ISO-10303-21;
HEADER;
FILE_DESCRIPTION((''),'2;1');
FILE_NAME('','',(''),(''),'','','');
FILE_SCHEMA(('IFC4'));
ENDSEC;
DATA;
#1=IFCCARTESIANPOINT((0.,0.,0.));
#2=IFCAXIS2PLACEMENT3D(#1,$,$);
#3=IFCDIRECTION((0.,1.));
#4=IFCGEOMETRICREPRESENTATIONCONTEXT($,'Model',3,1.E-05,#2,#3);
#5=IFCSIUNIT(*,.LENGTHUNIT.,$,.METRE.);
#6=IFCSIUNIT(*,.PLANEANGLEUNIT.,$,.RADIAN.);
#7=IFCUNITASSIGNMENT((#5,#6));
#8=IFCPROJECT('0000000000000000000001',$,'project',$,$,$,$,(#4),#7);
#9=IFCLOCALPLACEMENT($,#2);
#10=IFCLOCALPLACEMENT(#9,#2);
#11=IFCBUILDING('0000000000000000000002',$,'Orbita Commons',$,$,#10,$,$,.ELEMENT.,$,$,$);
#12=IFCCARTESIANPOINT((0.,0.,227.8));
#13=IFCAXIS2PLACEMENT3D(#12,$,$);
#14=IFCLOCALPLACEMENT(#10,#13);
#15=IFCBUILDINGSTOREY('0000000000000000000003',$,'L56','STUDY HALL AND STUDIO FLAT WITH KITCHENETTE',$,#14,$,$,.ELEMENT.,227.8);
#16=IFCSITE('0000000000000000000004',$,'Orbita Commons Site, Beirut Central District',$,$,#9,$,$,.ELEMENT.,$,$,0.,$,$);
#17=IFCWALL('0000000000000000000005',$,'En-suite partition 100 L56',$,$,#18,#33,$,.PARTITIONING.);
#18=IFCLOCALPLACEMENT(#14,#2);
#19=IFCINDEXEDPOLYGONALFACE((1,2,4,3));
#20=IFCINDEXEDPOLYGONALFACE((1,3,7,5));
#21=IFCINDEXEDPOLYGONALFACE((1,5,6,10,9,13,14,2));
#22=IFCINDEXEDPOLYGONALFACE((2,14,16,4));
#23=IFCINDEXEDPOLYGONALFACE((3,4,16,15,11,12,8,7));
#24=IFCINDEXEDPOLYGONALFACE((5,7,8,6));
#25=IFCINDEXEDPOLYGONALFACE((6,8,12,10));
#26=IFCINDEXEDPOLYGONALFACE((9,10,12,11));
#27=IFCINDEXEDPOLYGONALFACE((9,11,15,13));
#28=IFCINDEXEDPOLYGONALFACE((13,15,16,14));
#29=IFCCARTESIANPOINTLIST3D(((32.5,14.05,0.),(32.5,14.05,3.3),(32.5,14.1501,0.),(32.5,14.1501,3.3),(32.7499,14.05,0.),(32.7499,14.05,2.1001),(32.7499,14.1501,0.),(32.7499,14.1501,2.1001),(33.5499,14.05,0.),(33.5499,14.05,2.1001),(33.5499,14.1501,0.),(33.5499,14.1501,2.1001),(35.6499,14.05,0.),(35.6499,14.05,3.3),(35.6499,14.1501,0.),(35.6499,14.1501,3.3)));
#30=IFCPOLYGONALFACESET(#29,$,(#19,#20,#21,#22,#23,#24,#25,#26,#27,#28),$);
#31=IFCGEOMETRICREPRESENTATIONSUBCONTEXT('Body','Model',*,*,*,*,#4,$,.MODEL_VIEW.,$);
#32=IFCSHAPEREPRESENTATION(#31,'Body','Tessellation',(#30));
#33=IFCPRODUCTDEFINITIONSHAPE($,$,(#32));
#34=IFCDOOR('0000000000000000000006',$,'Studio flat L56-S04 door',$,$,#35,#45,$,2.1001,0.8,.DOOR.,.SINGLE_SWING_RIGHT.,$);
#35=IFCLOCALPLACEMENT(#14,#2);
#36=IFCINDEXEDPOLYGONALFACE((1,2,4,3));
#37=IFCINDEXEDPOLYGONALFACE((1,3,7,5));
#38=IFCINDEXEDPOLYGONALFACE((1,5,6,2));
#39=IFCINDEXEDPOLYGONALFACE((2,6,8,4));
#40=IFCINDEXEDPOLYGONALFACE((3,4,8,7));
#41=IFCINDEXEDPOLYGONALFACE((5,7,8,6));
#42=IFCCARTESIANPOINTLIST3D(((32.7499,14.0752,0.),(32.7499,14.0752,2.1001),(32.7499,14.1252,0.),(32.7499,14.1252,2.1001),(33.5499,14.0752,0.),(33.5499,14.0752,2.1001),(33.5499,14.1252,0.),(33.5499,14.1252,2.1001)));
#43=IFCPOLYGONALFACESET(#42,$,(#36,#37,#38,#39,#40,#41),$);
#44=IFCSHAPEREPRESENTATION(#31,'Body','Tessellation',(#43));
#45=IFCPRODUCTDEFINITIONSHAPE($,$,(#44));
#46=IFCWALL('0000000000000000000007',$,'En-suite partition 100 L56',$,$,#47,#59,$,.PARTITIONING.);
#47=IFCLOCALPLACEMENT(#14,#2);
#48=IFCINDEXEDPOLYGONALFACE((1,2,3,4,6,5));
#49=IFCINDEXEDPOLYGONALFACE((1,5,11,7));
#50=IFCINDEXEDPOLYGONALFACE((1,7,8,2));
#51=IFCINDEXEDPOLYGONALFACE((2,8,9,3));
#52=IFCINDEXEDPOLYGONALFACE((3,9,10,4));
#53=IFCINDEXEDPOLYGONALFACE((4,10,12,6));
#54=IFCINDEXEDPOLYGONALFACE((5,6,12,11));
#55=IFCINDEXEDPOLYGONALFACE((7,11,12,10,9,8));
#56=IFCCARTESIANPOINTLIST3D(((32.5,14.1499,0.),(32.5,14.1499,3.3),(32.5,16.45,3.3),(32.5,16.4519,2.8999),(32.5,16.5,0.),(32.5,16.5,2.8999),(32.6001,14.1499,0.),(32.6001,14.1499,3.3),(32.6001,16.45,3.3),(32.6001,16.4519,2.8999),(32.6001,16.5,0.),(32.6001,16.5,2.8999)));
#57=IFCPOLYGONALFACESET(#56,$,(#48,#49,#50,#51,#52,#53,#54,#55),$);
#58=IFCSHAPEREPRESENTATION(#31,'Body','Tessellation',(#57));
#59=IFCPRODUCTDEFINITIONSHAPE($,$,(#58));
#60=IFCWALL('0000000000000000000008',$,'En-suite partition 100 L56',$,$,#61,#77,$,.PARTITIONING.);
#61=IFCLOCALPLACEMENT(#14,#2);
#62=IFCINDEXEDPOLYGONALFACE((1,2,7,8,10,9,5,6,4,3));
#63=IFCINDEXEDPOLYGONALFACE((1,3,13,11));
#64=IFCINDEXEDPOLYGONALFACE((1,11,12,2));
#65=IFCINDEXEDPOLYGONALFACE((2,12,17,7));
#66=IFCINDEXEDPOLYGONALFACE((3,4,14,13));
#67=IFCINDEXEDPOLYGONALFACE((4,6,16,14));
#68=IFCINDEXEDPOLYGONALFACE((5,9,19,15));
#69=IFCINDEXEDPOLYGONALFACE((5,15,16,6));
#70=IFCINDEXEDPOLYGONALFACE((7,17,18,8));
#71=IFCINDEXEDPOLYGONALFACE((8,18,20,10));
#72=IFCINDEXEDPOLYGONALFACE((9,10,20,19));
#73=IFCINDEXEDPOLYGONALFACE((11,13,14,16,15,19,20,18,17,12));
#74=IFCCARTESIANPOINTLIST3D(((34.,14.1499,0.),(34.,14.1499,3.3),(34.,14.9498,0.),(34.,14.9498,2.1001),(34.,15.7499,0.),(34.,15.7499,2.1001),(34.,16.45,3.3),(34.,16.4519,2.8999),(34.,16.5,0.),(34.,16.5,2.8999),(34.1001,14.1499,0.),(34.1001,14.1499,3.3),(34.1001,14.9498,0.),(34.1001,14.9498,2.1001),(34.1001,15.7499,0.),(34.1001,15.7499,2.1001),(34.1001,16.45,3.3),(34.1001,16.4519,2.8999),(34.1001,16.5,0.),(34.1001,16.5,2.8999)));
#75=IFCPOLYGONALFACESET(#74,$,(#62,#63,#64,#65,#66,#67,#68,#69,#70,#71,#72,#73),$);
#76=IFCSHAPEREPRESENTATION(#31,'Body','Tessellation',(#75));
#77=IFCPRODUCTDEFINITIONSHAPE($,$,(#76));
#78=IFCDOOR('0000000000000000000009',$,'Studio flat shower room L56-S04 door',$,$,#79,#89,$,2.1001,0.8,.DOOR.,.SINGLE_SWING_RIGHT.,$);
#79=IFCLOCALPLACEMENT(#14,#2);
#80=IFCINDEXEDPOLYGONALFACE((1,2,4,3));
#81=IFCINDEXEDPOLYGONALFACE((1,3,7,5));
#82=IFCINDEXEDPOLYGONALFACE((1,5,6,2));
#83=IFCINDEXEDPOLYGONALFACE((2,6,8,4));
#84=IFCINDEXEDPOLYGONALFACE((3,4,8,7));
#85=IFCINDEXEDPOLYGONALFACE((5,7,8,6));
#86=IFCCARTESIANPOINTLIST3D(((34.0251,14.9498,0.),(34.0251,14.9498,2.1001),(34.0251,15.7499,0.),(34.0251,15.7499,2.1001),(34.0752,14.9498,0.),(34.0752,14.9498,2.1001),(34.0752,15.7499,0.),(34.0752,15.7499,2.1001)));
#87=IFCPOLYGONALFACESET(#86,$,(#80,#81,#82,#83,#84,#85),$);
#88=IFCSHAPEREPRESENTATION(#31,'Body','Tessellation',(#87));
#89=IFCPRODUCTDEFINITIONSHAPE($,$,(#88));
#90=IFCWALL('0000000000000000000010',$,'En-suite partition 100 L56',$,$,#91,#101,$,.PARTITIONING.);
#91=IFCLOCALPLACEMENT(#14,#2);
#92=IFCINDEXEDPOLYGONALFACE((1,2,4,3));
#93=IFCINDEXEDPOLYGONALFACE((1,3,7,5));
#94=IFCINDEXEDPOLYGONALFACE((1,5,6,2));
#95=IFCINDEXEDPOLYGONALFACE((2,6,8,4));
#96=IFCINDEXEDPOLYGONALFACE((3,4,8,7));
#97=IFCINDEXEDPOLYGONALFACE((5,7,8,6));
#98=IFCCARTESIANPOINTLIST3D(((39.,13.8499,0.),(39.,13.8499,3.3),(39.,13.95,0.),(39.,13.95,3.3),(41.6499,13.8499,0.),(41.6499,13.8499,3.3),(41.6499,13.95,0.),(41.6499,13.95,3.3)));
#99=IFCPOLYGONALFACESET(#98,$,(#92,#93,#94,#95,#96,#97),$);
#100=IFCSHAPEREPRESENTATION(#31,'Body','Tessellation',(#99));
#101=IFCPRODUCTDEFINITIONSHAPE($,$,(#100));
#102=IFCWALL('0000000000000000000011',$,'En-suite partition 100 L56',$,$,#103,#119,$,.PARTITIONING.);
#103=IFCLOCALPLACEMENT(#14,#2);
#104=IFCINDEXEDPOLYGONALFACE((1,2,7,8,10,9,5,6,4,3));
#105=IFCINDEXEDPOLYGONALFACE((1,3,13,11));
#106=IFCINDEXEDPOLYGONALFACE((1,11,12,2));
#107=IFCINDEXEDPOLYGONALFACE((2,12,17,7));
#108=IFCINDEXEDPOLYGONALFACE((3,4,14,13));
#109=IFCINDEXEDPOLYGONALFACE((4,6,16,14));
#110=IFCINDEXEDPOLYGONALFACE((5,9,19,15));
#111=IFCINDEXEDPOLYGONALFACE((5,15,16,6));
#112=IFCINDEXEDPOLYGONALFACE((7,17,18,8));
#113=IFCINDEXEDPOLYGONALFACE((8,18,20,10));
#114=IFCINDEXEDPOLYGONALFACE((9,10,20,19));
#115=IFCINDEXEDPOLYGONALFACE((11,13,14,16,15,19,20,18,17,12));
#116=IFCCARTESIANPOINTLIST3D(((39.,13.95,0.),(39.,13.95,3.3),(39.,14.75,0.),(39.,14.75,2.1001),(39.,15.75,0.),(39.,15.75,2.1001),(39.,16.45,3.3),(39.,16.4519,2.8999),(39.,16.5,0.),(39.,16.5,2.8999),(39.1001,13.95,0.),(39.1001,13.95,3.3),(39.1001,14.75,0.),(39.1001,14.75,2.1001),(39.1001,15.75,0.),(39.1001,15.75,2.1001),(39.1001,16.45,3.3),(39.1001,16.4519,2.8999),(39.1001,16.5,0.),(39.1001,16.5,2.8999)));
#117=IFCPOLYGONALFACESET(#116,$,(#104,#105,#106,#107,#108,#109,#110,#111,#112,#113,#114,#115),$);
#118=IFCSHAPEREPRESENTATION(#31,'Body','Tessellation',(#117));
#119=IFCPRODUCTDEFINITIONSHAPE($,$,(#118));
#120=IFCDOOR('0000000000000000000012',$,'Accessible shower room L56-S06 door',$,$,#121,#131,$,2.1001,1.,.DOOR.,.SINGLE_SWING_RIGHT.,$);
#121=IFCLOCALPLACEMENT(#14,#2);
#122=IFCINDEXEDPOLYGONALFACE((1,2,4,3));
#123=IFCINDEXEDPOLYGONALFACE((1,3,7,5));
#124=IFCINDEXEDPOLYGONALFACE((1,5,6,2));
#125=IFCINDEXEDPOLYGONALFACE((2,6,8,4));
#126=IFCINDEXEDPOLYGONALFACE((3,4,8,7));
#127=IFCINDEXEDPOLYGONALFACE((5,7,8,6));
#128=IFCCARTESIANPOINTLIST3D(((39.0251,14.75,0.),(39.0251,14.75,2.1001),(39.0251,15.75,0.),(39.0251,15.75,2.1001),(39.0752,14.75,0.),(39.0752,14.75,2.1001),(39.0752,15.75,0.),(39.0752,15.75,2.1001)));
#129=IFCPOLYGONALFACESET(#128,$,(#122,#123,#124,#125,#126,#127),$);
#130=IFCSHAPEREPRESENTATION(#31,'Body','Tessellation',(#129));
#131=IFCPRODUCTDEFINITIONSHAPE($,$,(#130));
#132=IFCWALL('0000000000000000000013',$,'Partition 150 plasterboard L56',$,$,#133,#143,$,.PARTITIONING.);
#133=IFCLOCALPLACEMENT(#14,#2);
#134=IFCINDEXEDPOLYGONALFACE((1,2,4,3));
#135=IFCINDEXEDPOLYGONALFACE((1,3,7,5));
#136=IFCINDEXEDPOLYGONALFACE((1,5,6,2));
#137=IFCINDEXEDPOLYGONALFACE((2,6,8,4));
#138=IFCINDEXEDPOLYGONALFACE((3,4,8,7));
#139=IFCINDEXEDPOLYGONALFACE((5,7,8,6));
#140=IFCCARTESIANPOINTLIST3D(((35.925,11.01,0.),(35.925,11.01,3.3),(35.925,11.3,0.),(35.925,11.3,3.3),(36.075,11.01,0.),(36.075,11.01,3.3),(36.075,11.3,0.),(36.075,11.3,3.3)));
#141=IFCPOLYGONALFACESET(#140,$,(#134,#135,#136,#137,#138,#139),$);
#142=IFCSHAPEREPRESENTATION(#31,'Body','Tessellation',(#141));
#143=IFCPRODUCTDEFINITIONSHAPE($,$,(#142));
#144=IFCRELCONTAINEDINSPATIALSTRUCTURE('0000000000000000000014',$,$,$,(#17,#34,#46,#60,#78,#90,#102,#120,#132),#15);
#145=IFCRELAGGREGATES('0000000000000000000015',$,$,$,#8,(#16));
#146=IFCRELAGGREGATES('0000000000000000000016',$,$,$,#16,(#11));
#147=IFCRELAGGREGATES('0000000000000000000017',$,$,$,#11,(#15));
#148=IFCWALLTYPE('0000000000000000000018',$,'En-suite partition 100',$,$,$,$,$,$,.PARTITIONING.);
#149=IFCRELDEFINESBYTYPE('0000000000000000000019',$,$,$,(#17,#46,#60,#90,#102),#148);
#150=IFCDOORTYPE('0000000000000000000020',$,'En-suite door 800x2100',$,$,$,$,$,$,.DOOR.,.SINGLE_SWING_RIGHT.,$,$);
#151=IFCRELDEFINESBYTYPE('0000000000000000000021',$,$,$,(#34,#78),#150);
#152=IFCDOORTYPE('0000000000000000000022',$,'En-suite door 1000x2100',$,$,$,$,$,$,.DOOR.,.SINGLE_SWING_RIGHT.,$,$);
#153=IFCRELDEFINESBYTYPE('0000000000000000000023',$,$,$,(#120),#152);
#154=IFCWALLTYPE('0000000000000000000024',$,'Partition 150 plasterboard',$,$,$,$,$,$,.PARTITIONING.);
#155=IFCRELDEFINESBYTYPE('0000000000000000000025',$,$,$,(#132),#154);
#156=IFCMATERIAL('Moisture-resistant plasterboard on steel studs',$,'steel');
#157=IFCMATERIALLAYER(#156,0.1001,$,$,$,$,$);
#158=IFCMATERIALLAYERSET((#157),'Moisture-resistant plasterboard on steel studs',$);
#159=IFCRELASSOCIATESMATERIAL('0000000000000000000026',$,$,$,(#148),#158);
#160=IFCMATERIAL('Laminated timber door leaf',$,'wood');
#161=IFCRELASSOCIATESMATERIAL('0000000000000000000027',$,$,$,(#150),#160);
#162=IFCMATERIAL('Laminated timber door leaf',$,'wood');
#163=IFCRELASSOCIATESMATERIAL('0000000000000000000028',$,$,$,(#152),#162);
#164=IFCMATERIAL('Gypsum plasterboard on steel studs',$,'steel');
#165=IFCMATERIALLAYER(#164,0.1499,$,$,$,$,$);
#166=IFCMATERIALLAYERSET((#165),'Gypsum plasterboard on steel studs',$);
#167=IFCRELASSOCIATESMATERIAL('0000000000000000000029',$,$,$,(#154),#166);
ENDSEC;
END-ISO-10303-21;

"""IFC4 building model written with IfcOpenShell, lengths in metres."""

from ifc_helpers import new_model, si_unit, direction, frame, frame_2d, origin, place, context, subcontext, project, spatial, polyline, rectangle, outline, extrude, material, layer, layer_set, type_object, element, fill, save


model = new_model("IFC4")

# Units and contexts
model_context = context("Model", 3, precision=1e-05, world=origin(), true_north=direction((0.0, 1.0)))
body_context = subcontext(model_context, "Body", "Model", "MODEL_VIEW")
ifc_project = project(units=[si_unit("LENGTHUNIT", "METRE"), si_unit("PLANEANGLEUNIT", "RADIAN")], contexts=[model_context])

# Site, building, storey
site_placement = place(None, origin())
site = spatial("IfcSite", under=ifc_project, at=site_placement, Name="Orbita Commons Site, Beirut Central District", CompositionType="ELEMENT", RefElevation=0.0)
building_placement = place(site_placement, origin())
building = spatial("IfcBuilding", under=site, at=building_placement, Name="Orbita Commons", CompositionType="ELEMENT")
storey_placement = place(building_placement, frame((0.0, 0.0, 227.8)))
storey = spatial("IfcBuildingStorey", under=building, at=storey_placement, Name="L56", Description="STUDY HALL AND STUDIO FLAT WITH KITCHENETTE", CompositionType="ELEMENT", Elevation=227.8)

# Wall, opening, door
ifc_material_1 = material(Name="Moisture-resistant plasterboard on steel studs", Category="steel")
ifc_layer_1 = layer(ifc_material_1, 0.1001)
ifc_layer_set_1 = layer_set([ifc_layer_1], Name="Moisture-resistant plasterboard on steel studs")
wall_type_1 = type_object("IfcWallType", Name="En-suite partition 100", PredefinedType="PARTITIONING", material=ifc_layer_set_1)
wall_1_placement = place(storey_placement, frame((35.6499, 14.1001, 0.0), z_axis=(0.0, 0.0, 1.0), x_axis=(-1.0, 0.0, 0.0)))
wall_1 = element("IfcWall", 1, at=wall_1_placement, inside=storey, type_object=wall_type_1, Name="En-suite partition 100 L56", PredefinedType="PARTITIONING", context=body_context, shape_type="SweptSolid", body=[
    extrude(rectangle(XDim=3.1499, YDim=0.1001, at=frame_2d((1.575, 0.0))), origin(), (0.0, 0.0, 1.0), 3.3),
])
opening_1_placement = place(wall_1_placement, frame((2.1001, 0.0, 0.0)))
opening_1 = element("IfcOpeningElement", 2, at=opening_1_placement, cuts=wall_1, PredefinedType="OPENING", context=body_context, shape_type="SweptSolid", body=[
    extrude(rectangle(XDim=0.8, YDim=2.1001, at=frame_2d((0.3999, 1.05))), frame((0.0, 0.0601, 0.0), z_axis=(0.0, -1.0, 0.0), x_axis=(1.0, 0.0, 0.0)), (0.0, 0.0, 1.0), 0.1201),
])
ifc_material_2 = material(Name="Laminated timber door leaf", Category="wood")
door_type_1 = type_object("IfcDoorType", Name="En-suite door 800x2100", OperationType="SINGLE_SWING_RIGHT", PredefinedType="DOOR", material=ifc_material_2)
door_1_placement = place(opening_1_placement, origin())
door_1 = element("IfcDoor", 3, at=door_1_placement, inside=storey, type_object=door_type_1, Name="Studio flat L56-S04 door", OperationType="SINGLE_SWING_RIGHT", OverallHeight=2.1001, OverallWidth=0.8, PredefinedType="DOOR", context=body_context, shape_type="SweptSolid", body=[
    extrude(rectangle(XDim=0.8, YDim=2.1001, at=frame_2d((0.3999, 1.05))), frame((0.0, 0.0249, 0.0), z_axis=(0.0, -1.0, 0.0), x_axis=(1.0, 0.0, 0.0)), (0.0, 0.0, 1.0), 0.05),
])
fill(opening_1, door_1)

# Wall
wall_2_placement = place(storey_placement, frame((32.55, 14.1499, 0.0), z_axis=(0.0, 0.0, 1.0), x_axis=(0.0, 1.0, 0.0)))
element("IfcWall", 4, at=wall_2_placement, inside=storey, type_object=wall_type_1, Name="En-suite partition 100 L56", PredefinedType="PARTITIONING", context=body_context, shape_type="SweptSolid", body=[
    extrude(outline(polyline([(0.0, 0.0), (2.3501, 0.0), (2.3501, 2.8999), (2.302, 2.8999), (2.3, 3.3), (0.0, 3.3), (0.0, 0.0)])), frame((0.0, 0.05, 0.0), z_axis=(0.0, -1.0, 0.0), x_axis=(1.0, 0.0, 0.0)), (0.0, 0.0, 1.0), 0.1001),
])

# Wall, opening, door
wall_3_placement = place(storey_placement, frame((34.05, 14.1499, 0.0), z_axis=(0.0, 0.0, 1.0), x_axis=(0.0, 1.0, 0.0)))
wall_3 = element("IfcWall", 5, at=wall_3_placement, inside=storey, type_object=wall_type_1, Name="En-suite partition 100 L56", PredefinedType="PARTITIONING", context=body_context, shape_type="SweptSolid", body=[
    extrude(outline(polyline([(0.0, 0.0), (2.3501, 0.0), (2.3501, 2.8999), (2.302, 2.8999), (2.3, 3.3), (0.0, 3.3), (0.0, 0.0)])), frame((0.0, 0.05, 0.0), z_axis=(0.0, -1.0, 0.0), x_axis=(1.0, 0.0, 0.0)), (0.0, 0.0, 1.0), 0.1001),
])
opening_2_placement = place(wall_3_placement, frame((0.8, 0.0, 0.0)))
opening_2 = element("IfcOpeningElement", 6, at=opening_2_placement, cuts=wall_3, PredefinedType="OPENING", context=body_context, shape_type="SweptSolid", body=[
    extrude(rectangle(XDim=0.8, YDim=2.1001, at=frame_2d((0.3999, 1.05))), frame((0.0, 0.0601, 0.0), z_axis=(0.0, -1.0, 0.0), x_axis=(1.0, 0.0, 0.0)), (0.0, 0.0, 1.0), 0.1201),
])
door_2_placement = place(opening_2_placement, origin())
door_2 = element("IfcDoor", 7, at=door_2_placement, inside=storey, type_object=door_type_1, Name="Studio flat shower room L56-S04 door", OperationType="SINGLE_SWING_RIGHT", OverallHeight=2.1001, OverallWidth=0.8, PredefinedType="DOOR", context=body_context, shape_type="SweptSolid", body=[
    extrude(rectangle(XDim=0.8, YDim=2.1001, at=frame_2d((0.3999, 1.05))), frame((0.0, 0.0249, 0.0), z_axis=(0.0, -1.0, 0.0), x_axis=(1.0, 0.0, 0.0)), (0.0, 0.0, 1.0), 0.05),
])
fill(opening_2, door_2)

# Wall
wall_4_placement = place(storey_placement, frame((39.0, 13.8999, 0.0), z_axis=(0.0, 0.0, 1.0), x_axis=(1.0, 0.0, 0.0)))
element("IfcWall", 8, at=wall_4_placement, inside=storey, type_object=wall_type_1, Name="En-suite partition 100 L56", PredefinedType="PARTITIONING", context=body_context, shape_type="SweptSolid", body=[
    extrude(rectangle(XDim=2.6499, YDim=0.1001, at=frame_2d((1.325, 0.0))), origin(), (0.0, 0.0, 1.0), 3.3),
])

# Wall, opening, door
wall_5_placement = place(storey_placement, frame((39.05, 13.95, 0.0), z_axis=(0.0, 0.0, 1.0), x_axis=(0.0, 1.0, 0.0)))
wall_5 = element("IfcWall", 9, at=wall_5_placement, inside=storey, type_object=wall_type_1, Name="En-suite partition 100 L56", PredefinedType="PARTITIONING", context=body_context, shape_type="SweptSolid", body=[
    extrude(outline(polyline([(0.0, 0.0), (2.55, 0.0), (2.55, 2.8999), (2.502, 2.8999), (2.5, 3.3), (0.0, 3.3), (0.0, 0.0)])), frame((0.0, 0.05, 0.0), z_axis=(0.0, -1.0, 0.0), x_axis=(1.0, 0.0, 0.0)), (0.0, 0.0, 1.0), 0.1001),
])
opening_3_placement = place(wall_5_placement, frame((0.8, 0.0, 0.0)))
opening_3 = element("IfcOpeningElement", 10, at=opening_3_placement, cuts=wall_5, PredefinedType="OPENING", context=body_context, shape_type="SweptSolid", body=[
    extrude(rectangle(XDim=1.0, YDim=2.1001, at=frame_2d((0.5, 1.05))), frame((0.0, 0.0601, 0.0), z_axis=(0.0, -1.0, 0.0), x_axis=(1.0, 0.0, 0.0)), (0.0, 0.0, 1.0), 0.1201),
])
ifc_material_3 = material(Name="Laminated timber door leaf", Category="wood")
door_type_2 = type_object("IfcDoorType", Name="En-suite door 1000x2100", OperationType="SINGLE_SWING_RIGHT", PredefinedType="DOOR", material=ifc_material_3)
door_3_placement = place(opening_3_placement, origin())
door_3 = element("IfcDoor", 11, at=door_3_placement, inside=storey, type_object=door_type_2, Name="Accessible shower room L56-S06 door", OperationType="SINGLE_SWING_RIGHT", OverallHeight=2.1001, OverallWidth=1.0, PredefinedType="DOOR", context=body_context, shape_type="SweptSolid", body=[
    extrude(rectangle(XDim=1.0, YDim=2.1001, at=frame_2d((0.5, 1.05))), frame((0.0, 0.0249, 0.0), z_axis=(0.0, -1.0, 0.0), x_axis=(1.0, 0.0, 0.0)), (0.0, 0.0, 1.0), 0.05),
])
fill(opening_3, door_3)

# Wall
ifc_material_4 = material(Name="Gypsum plasterboard on steel studs", Category="steel")
ifc_layer_2 = layer(ifc_material_4, 0.1499)
ifc_layer_set_2 = layer_set([ifc_layer_2], Name="Gypsum plasterboard on steel studs")
wall_type_2 = type_object("IfcWallType", Name="Partition 150 plasterboard", PredefinedType="PARTITIONING", material=ifc_layer_set_2)
wall_6_placement = place(storey_placement, frame((36.0, 11.3, 0.0), z_axis=(0.0, 0.0, 1.0), x_axis=(0.0, -1.0, 0.0)))
element("IfcWall", 12, at=wall_6_placement, inside=storey, type_object=wall_type_2, Name="Partition 150 plasterboard L56", PredefinedType="PARTITIONING", context=body_context, shape_type="SweptSolid", body=[
    extrude(rectangle(XDim=0.29, YDim=0.1499, at=frame_2d((0.145, 0.0))), origin(), (0.0, 0.0, 1.0), 3.3),
])

save(model, "model.ifc")
